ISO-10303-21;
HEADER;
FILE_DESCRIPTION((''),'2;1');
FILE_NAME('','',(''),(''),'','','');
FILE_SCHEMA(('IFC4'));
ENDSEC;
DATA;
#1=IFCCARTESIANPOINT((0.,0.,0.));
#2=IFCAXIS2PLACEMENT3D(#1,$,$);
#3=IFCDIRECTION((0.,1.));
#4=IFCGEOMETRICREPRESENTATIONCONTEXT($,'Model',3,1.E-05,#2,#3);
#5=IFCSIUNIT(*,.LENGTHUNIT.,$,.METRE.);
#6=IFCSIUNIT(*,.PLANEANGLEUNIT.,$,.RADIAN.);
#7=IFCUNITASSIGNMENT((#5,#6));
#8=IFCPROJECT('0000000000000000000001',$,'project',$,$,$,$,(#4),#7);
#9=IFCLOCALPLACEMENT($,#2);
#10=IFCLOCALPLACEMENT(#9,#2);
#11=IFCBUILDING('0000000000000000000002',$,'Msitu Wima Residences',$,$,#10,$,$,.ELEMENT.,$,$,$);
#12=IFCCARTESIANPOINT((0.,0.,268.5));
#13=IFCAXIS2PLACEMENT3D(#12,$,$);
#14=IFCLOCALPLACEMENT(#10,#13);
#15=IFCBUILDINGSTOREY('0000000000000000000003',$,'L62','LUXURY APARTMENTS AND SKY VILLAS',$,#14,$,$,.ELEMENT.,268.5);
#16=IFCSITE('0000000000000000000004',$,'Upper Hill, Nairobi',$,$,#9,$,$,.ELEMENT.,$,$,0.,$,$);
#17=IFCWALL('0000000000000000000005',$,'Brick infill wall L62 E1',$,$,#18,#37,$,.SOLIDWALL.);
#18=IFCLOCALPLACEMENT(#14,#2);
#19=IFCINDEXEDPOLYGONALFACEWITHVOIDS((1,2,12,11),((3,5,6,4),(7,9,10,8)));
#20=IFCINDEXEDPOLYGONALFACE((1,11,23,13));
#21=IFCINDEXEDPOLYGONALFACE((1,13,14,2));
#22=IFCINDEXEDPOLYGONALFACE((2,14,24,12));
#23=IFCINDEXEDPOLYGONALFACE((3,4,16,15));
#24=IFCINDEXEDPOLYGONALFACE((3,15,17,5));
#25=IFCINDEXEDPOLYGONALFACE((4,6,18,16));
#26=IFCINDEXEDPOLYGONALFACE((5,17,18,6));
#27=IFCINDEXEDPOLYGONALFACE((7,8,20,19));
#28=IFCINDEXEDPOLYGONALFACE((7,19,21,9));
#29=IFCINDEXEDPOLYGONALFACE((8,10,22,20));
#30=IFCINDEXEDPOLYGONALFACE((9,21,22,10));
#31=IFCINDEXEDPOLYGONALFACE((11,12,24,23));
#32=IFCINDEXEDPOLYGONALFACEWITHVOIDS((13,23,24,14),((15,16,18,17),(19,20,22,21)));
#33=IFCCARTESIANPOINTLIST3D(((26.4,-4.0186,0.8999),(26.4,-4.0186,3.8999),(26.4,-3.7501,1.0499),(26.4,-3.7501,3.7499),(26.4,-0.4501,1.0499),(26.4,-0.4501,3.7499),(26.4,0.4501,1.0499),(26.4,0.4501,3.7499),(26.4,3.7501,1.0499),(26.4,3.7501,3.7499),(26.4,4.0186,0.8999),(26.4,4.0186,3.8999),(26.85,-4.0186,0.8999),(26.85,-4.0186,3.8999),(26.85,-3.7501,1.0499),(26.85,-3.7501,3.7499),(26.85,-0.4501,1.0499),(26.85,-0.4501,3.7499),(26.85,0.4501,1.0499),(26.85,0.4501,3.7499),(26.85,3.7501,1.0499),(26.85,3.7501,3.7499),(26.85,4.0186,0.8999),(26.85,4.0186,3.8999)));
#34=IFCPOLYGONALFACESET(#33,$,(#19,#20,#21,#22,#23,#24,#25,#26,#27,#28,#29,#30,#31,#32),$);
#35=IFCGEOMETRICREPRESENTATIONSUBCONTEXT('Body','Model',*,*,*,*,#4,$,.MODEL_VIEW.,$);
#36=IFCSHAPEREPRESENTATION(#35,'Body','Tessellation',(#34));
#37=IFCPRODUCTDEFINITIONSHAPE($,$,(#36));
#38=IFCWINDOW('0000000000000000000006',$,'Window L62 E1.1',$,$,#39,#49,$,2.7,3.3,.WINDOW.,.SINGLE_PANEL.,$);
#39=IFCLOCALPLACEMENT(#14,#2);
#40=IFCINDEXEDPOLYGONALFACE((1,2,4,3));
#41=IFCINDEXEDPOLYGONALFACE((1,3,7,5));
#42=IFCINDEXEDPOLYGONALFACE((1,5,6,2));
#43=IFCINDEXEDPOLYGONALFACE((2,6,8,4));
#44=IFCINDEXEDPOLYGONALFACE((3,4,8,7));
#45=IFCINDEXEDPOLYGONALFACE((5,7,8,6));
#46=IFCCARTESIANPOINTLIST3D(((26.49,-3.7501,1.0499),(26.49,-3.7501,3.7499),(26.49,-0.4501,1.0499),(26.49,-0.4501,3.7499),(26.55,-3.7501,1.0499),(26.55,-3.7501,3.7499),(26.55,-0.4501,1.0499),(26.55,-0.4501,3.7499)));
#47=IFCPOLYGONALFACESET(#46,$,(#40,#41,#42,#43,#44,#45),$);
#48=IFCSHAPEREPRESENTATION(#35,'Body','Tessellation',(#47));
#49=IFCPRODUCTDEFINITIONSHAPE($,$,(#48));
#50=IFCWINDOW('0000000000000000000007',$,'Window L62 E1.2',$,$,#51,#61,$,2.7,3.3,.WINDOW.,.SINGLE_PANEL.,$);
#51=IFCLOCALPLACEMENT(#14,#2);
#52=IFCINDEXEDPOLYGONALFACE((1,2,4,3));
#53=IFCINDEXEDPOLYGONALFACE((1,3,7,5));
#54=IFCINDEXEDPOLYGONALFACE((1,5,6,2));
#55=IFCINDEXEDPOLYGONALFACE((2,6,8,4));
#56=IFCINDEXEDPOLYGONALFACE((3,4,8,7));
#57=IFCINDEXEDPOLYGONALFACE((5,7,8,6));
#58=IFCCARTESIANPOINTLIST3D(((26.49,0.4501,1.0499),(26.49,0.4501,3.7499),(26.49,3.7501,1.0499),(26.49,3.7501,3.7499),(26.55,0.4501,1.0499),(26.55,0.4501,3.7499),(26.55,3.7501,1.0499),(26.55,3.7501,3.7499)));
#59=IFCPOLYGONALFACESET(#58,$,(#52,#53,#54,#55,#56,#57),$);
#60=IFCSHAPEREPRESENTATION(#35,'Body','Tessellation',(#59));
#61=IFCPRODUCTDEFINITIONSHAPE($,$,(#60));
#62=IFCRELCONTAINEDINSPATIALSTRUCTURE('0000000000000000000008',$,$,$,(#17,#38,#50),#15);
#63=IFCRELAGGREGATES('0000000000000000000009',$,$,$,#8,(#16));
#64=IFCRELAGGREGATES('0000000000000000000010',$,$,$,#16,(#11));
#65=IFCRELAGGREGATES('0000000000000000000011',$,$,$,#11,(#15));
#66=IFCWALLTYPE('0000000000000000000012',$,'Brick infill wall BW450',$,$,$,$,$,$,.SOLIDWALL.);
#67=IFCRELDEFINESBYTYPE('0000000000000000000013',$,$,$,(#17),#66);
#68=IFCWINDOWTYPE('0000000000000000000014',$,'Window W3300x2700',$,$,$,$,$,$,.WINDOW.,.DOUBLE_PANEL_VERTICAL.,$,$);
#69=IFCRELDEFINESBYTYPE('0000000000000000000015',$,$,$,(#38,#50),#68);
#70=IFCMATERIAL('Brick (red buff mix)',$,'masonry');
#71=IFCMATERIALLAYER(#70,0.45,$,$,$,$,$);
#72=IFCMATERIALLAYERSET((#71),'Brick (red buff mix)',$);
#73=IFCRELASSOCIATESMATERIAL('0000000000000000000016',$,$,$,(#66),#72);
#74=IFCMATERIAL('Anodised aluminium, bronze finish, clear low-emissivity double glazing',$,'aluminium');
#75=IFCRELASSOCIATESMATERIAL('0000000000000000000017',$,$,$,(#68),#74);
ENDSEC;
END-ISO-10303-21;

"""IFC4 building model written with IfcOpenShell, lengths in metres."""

from ifc_helpers import new_model, si_unit, direction, frame, frame_2d, origin, place, context, subcontext, project, spatial, rectangle, extrude, material, layer, layer_set, type_object, element, fill, save


model = new_model("IFC4")

# Units and contexts
model_context = context("Model", 3, precision=1e-05, world=origin(), true_north=direction((0.0, 1.0)))
body_context = subcontext(model_context, "Body", "Model", "MODEL_VIEW")
ifc_project = project(units=[si_unit("LENGTHUNIT", "METRE"), si_unit("PLANEANGLEUNIT", "RADIAN")], contexts=[model_context])

# Site, building, storey
site_placement = place(None, origin())
site = spatial("IfcSite", under=ifc_project, at=site_placement, Name="Upper Hill, Nairobi", CompositionType="ELEMENT", RefElevation=0.0)
building_placement = place(site_placement, origin())
building = spatial("IfcBuilding", under=site, at=building_placement, Name="Msitu Wima Residences", CompositionType="ELEMENT")
storey_placement = place(building_placement, frame((0.0, 0.0, 268.5)))
storey = spatial("IfcBuildingStorey", under=building, at=storey_placement, Name="L62", Description="LUXURY APARTMENTS AND SKY VILLAS", CompositionType="ELEMENT", Elevation=268.5)

# Shared definitions
ifc_material_1 = material(Name="Brick (red buff mix)", Category="masonry")
ifc_layer_1 = layer(ifc_material_1, 0.45)
ifc_layer_set_1 = layer_set([ifc_layer_1], Name="Brick (red buff mix)")
wall_type_1 = type_object("IfcWallType", Name="Brick infill wall BW450", PredefinedType="SOLIDWALL", material=ifc_layer_set_1)
ifc_material_2 = material(Name="Anodised aluminium, bronze finish, clear low-emissivity double glazing", Category="aluminium")
window_type = type_object("IfcWindowType", Name="Window W3300x2700", PartitioningType="DOUBLE_PANEL_VERTICAL", PredefinedType="WINDOW", material=ifc_material_2)

# Wall, openings, windows
wall_1_placement = place(storey_placement, frame((26.625, -4.0186, 0.8999), z_axis=(0.0, 0.0, 1.0), x_axis=(0.0, 1.0, 0.0)))
wall_1 = element("IfcWall", 1, at=wall_1_placement, inside=storey, type_object=wall_type_1, Name="Brick infill wall L62 E1", PredefinedType="SOLIDWALL", context=body_context, shape_type="SweptSolid", body=[
    extrude(rectangle(XDim=8.0371, YDim=0.45, at=frame_2d((4.0186, 0.0))), origin(), (0.0, 0.0, 1.0), 3.0),
])
opening_1_placement = place(wall_1_placement, frame((0.2686, 0.0, 0.1499)))
opening_1 = element("IfcOpeningElement", 2, at=opening_1_placement, cuts=wall_1, PredefinedType="OPENING", context=body_context, shape_type="SweptSolid", body=[
    extrude(rectangle(XDim=3.3, YDim=2.7, at=frame_2d((1.6499, 1.3501))), frame((0.0, 0.2349, 0.0), z_axis=(0.0, -1.0, 0.0), x_axis=(1.0, 0.0, 0.0)), (0.0, 0.0, 1.0), 0.47),
])
opening_2_placement = place(wall_1_placement, frame((4.4688, 0.0, 0.1499)))
opening_2 = element("IfcOpeningElement", 3, at=opening_2_placement, cuts=wall_1, PredefinedType="OPENING", context=body_context, shape_type="SweptSolid", body=[
    extrude(rectangle(XDim=3.3, YDim=2.7, at=frame_2d((1.6499, 1.3501))), frame((0.0, 0.2349, 0.0), z_axis=(0.0, -1.0, 0.0), x_axis=(1.0, 0.0, 0.0)), (0.0, 0.0, 1.0), 0.47),
])
window_1_placement = place(opening_1_placement, origin())
window_1 = element("IfcWindow", 4, at=window_1_placement, inside=storey, type_object=window_type, Name="Window L62 E1.1", OverallHeight=2.7, OverallWidth=3.3, PartitioningType="SINGLE_PANEL", PredefinedType="WINDOW", context=body_context, shape_type="SweptSolid", body=[
    extrude(rectangle(XDim=3.3, YDim=2.7, at=frame_2d((1.6499, 1.3501))), frame((0.0, 0.135, 0.0), z_axis=(0.0, -1.0, 0.0), x_axis=(1.0, 0.0, 0.0)), (0.0, 0.0, 1.0), 0.0601),
])
fill(opening_1, window_1)
window_2_placement = place(opening_2_placement, origin())
window_2 = element("IfcWindow", 5, at=window_2_placement, inside=storey, type_object=window_type, Name="Window L62 E1.2", OverallHeight=2.7, OverallWidth=3.3, PartitioningType="SINGLE_PANEL", PredefinedType="WINDOW", context=body_context, shape_type="SweptSolid", body=[
    extrude(rectangle(XDim=3.3, YDim=2.7, at=frame_2d((1.6499, 1.3501))), frame((0.0, 0.135, 0.0), z_axis=(0.0, -1.0, 0.0), x_axis=(1.0, 0.0, 0.0)), (0.0, 0.0, 1.0), 0.0601),
])
fill(opening_2, window_2)

save(model, "model.ifc")
